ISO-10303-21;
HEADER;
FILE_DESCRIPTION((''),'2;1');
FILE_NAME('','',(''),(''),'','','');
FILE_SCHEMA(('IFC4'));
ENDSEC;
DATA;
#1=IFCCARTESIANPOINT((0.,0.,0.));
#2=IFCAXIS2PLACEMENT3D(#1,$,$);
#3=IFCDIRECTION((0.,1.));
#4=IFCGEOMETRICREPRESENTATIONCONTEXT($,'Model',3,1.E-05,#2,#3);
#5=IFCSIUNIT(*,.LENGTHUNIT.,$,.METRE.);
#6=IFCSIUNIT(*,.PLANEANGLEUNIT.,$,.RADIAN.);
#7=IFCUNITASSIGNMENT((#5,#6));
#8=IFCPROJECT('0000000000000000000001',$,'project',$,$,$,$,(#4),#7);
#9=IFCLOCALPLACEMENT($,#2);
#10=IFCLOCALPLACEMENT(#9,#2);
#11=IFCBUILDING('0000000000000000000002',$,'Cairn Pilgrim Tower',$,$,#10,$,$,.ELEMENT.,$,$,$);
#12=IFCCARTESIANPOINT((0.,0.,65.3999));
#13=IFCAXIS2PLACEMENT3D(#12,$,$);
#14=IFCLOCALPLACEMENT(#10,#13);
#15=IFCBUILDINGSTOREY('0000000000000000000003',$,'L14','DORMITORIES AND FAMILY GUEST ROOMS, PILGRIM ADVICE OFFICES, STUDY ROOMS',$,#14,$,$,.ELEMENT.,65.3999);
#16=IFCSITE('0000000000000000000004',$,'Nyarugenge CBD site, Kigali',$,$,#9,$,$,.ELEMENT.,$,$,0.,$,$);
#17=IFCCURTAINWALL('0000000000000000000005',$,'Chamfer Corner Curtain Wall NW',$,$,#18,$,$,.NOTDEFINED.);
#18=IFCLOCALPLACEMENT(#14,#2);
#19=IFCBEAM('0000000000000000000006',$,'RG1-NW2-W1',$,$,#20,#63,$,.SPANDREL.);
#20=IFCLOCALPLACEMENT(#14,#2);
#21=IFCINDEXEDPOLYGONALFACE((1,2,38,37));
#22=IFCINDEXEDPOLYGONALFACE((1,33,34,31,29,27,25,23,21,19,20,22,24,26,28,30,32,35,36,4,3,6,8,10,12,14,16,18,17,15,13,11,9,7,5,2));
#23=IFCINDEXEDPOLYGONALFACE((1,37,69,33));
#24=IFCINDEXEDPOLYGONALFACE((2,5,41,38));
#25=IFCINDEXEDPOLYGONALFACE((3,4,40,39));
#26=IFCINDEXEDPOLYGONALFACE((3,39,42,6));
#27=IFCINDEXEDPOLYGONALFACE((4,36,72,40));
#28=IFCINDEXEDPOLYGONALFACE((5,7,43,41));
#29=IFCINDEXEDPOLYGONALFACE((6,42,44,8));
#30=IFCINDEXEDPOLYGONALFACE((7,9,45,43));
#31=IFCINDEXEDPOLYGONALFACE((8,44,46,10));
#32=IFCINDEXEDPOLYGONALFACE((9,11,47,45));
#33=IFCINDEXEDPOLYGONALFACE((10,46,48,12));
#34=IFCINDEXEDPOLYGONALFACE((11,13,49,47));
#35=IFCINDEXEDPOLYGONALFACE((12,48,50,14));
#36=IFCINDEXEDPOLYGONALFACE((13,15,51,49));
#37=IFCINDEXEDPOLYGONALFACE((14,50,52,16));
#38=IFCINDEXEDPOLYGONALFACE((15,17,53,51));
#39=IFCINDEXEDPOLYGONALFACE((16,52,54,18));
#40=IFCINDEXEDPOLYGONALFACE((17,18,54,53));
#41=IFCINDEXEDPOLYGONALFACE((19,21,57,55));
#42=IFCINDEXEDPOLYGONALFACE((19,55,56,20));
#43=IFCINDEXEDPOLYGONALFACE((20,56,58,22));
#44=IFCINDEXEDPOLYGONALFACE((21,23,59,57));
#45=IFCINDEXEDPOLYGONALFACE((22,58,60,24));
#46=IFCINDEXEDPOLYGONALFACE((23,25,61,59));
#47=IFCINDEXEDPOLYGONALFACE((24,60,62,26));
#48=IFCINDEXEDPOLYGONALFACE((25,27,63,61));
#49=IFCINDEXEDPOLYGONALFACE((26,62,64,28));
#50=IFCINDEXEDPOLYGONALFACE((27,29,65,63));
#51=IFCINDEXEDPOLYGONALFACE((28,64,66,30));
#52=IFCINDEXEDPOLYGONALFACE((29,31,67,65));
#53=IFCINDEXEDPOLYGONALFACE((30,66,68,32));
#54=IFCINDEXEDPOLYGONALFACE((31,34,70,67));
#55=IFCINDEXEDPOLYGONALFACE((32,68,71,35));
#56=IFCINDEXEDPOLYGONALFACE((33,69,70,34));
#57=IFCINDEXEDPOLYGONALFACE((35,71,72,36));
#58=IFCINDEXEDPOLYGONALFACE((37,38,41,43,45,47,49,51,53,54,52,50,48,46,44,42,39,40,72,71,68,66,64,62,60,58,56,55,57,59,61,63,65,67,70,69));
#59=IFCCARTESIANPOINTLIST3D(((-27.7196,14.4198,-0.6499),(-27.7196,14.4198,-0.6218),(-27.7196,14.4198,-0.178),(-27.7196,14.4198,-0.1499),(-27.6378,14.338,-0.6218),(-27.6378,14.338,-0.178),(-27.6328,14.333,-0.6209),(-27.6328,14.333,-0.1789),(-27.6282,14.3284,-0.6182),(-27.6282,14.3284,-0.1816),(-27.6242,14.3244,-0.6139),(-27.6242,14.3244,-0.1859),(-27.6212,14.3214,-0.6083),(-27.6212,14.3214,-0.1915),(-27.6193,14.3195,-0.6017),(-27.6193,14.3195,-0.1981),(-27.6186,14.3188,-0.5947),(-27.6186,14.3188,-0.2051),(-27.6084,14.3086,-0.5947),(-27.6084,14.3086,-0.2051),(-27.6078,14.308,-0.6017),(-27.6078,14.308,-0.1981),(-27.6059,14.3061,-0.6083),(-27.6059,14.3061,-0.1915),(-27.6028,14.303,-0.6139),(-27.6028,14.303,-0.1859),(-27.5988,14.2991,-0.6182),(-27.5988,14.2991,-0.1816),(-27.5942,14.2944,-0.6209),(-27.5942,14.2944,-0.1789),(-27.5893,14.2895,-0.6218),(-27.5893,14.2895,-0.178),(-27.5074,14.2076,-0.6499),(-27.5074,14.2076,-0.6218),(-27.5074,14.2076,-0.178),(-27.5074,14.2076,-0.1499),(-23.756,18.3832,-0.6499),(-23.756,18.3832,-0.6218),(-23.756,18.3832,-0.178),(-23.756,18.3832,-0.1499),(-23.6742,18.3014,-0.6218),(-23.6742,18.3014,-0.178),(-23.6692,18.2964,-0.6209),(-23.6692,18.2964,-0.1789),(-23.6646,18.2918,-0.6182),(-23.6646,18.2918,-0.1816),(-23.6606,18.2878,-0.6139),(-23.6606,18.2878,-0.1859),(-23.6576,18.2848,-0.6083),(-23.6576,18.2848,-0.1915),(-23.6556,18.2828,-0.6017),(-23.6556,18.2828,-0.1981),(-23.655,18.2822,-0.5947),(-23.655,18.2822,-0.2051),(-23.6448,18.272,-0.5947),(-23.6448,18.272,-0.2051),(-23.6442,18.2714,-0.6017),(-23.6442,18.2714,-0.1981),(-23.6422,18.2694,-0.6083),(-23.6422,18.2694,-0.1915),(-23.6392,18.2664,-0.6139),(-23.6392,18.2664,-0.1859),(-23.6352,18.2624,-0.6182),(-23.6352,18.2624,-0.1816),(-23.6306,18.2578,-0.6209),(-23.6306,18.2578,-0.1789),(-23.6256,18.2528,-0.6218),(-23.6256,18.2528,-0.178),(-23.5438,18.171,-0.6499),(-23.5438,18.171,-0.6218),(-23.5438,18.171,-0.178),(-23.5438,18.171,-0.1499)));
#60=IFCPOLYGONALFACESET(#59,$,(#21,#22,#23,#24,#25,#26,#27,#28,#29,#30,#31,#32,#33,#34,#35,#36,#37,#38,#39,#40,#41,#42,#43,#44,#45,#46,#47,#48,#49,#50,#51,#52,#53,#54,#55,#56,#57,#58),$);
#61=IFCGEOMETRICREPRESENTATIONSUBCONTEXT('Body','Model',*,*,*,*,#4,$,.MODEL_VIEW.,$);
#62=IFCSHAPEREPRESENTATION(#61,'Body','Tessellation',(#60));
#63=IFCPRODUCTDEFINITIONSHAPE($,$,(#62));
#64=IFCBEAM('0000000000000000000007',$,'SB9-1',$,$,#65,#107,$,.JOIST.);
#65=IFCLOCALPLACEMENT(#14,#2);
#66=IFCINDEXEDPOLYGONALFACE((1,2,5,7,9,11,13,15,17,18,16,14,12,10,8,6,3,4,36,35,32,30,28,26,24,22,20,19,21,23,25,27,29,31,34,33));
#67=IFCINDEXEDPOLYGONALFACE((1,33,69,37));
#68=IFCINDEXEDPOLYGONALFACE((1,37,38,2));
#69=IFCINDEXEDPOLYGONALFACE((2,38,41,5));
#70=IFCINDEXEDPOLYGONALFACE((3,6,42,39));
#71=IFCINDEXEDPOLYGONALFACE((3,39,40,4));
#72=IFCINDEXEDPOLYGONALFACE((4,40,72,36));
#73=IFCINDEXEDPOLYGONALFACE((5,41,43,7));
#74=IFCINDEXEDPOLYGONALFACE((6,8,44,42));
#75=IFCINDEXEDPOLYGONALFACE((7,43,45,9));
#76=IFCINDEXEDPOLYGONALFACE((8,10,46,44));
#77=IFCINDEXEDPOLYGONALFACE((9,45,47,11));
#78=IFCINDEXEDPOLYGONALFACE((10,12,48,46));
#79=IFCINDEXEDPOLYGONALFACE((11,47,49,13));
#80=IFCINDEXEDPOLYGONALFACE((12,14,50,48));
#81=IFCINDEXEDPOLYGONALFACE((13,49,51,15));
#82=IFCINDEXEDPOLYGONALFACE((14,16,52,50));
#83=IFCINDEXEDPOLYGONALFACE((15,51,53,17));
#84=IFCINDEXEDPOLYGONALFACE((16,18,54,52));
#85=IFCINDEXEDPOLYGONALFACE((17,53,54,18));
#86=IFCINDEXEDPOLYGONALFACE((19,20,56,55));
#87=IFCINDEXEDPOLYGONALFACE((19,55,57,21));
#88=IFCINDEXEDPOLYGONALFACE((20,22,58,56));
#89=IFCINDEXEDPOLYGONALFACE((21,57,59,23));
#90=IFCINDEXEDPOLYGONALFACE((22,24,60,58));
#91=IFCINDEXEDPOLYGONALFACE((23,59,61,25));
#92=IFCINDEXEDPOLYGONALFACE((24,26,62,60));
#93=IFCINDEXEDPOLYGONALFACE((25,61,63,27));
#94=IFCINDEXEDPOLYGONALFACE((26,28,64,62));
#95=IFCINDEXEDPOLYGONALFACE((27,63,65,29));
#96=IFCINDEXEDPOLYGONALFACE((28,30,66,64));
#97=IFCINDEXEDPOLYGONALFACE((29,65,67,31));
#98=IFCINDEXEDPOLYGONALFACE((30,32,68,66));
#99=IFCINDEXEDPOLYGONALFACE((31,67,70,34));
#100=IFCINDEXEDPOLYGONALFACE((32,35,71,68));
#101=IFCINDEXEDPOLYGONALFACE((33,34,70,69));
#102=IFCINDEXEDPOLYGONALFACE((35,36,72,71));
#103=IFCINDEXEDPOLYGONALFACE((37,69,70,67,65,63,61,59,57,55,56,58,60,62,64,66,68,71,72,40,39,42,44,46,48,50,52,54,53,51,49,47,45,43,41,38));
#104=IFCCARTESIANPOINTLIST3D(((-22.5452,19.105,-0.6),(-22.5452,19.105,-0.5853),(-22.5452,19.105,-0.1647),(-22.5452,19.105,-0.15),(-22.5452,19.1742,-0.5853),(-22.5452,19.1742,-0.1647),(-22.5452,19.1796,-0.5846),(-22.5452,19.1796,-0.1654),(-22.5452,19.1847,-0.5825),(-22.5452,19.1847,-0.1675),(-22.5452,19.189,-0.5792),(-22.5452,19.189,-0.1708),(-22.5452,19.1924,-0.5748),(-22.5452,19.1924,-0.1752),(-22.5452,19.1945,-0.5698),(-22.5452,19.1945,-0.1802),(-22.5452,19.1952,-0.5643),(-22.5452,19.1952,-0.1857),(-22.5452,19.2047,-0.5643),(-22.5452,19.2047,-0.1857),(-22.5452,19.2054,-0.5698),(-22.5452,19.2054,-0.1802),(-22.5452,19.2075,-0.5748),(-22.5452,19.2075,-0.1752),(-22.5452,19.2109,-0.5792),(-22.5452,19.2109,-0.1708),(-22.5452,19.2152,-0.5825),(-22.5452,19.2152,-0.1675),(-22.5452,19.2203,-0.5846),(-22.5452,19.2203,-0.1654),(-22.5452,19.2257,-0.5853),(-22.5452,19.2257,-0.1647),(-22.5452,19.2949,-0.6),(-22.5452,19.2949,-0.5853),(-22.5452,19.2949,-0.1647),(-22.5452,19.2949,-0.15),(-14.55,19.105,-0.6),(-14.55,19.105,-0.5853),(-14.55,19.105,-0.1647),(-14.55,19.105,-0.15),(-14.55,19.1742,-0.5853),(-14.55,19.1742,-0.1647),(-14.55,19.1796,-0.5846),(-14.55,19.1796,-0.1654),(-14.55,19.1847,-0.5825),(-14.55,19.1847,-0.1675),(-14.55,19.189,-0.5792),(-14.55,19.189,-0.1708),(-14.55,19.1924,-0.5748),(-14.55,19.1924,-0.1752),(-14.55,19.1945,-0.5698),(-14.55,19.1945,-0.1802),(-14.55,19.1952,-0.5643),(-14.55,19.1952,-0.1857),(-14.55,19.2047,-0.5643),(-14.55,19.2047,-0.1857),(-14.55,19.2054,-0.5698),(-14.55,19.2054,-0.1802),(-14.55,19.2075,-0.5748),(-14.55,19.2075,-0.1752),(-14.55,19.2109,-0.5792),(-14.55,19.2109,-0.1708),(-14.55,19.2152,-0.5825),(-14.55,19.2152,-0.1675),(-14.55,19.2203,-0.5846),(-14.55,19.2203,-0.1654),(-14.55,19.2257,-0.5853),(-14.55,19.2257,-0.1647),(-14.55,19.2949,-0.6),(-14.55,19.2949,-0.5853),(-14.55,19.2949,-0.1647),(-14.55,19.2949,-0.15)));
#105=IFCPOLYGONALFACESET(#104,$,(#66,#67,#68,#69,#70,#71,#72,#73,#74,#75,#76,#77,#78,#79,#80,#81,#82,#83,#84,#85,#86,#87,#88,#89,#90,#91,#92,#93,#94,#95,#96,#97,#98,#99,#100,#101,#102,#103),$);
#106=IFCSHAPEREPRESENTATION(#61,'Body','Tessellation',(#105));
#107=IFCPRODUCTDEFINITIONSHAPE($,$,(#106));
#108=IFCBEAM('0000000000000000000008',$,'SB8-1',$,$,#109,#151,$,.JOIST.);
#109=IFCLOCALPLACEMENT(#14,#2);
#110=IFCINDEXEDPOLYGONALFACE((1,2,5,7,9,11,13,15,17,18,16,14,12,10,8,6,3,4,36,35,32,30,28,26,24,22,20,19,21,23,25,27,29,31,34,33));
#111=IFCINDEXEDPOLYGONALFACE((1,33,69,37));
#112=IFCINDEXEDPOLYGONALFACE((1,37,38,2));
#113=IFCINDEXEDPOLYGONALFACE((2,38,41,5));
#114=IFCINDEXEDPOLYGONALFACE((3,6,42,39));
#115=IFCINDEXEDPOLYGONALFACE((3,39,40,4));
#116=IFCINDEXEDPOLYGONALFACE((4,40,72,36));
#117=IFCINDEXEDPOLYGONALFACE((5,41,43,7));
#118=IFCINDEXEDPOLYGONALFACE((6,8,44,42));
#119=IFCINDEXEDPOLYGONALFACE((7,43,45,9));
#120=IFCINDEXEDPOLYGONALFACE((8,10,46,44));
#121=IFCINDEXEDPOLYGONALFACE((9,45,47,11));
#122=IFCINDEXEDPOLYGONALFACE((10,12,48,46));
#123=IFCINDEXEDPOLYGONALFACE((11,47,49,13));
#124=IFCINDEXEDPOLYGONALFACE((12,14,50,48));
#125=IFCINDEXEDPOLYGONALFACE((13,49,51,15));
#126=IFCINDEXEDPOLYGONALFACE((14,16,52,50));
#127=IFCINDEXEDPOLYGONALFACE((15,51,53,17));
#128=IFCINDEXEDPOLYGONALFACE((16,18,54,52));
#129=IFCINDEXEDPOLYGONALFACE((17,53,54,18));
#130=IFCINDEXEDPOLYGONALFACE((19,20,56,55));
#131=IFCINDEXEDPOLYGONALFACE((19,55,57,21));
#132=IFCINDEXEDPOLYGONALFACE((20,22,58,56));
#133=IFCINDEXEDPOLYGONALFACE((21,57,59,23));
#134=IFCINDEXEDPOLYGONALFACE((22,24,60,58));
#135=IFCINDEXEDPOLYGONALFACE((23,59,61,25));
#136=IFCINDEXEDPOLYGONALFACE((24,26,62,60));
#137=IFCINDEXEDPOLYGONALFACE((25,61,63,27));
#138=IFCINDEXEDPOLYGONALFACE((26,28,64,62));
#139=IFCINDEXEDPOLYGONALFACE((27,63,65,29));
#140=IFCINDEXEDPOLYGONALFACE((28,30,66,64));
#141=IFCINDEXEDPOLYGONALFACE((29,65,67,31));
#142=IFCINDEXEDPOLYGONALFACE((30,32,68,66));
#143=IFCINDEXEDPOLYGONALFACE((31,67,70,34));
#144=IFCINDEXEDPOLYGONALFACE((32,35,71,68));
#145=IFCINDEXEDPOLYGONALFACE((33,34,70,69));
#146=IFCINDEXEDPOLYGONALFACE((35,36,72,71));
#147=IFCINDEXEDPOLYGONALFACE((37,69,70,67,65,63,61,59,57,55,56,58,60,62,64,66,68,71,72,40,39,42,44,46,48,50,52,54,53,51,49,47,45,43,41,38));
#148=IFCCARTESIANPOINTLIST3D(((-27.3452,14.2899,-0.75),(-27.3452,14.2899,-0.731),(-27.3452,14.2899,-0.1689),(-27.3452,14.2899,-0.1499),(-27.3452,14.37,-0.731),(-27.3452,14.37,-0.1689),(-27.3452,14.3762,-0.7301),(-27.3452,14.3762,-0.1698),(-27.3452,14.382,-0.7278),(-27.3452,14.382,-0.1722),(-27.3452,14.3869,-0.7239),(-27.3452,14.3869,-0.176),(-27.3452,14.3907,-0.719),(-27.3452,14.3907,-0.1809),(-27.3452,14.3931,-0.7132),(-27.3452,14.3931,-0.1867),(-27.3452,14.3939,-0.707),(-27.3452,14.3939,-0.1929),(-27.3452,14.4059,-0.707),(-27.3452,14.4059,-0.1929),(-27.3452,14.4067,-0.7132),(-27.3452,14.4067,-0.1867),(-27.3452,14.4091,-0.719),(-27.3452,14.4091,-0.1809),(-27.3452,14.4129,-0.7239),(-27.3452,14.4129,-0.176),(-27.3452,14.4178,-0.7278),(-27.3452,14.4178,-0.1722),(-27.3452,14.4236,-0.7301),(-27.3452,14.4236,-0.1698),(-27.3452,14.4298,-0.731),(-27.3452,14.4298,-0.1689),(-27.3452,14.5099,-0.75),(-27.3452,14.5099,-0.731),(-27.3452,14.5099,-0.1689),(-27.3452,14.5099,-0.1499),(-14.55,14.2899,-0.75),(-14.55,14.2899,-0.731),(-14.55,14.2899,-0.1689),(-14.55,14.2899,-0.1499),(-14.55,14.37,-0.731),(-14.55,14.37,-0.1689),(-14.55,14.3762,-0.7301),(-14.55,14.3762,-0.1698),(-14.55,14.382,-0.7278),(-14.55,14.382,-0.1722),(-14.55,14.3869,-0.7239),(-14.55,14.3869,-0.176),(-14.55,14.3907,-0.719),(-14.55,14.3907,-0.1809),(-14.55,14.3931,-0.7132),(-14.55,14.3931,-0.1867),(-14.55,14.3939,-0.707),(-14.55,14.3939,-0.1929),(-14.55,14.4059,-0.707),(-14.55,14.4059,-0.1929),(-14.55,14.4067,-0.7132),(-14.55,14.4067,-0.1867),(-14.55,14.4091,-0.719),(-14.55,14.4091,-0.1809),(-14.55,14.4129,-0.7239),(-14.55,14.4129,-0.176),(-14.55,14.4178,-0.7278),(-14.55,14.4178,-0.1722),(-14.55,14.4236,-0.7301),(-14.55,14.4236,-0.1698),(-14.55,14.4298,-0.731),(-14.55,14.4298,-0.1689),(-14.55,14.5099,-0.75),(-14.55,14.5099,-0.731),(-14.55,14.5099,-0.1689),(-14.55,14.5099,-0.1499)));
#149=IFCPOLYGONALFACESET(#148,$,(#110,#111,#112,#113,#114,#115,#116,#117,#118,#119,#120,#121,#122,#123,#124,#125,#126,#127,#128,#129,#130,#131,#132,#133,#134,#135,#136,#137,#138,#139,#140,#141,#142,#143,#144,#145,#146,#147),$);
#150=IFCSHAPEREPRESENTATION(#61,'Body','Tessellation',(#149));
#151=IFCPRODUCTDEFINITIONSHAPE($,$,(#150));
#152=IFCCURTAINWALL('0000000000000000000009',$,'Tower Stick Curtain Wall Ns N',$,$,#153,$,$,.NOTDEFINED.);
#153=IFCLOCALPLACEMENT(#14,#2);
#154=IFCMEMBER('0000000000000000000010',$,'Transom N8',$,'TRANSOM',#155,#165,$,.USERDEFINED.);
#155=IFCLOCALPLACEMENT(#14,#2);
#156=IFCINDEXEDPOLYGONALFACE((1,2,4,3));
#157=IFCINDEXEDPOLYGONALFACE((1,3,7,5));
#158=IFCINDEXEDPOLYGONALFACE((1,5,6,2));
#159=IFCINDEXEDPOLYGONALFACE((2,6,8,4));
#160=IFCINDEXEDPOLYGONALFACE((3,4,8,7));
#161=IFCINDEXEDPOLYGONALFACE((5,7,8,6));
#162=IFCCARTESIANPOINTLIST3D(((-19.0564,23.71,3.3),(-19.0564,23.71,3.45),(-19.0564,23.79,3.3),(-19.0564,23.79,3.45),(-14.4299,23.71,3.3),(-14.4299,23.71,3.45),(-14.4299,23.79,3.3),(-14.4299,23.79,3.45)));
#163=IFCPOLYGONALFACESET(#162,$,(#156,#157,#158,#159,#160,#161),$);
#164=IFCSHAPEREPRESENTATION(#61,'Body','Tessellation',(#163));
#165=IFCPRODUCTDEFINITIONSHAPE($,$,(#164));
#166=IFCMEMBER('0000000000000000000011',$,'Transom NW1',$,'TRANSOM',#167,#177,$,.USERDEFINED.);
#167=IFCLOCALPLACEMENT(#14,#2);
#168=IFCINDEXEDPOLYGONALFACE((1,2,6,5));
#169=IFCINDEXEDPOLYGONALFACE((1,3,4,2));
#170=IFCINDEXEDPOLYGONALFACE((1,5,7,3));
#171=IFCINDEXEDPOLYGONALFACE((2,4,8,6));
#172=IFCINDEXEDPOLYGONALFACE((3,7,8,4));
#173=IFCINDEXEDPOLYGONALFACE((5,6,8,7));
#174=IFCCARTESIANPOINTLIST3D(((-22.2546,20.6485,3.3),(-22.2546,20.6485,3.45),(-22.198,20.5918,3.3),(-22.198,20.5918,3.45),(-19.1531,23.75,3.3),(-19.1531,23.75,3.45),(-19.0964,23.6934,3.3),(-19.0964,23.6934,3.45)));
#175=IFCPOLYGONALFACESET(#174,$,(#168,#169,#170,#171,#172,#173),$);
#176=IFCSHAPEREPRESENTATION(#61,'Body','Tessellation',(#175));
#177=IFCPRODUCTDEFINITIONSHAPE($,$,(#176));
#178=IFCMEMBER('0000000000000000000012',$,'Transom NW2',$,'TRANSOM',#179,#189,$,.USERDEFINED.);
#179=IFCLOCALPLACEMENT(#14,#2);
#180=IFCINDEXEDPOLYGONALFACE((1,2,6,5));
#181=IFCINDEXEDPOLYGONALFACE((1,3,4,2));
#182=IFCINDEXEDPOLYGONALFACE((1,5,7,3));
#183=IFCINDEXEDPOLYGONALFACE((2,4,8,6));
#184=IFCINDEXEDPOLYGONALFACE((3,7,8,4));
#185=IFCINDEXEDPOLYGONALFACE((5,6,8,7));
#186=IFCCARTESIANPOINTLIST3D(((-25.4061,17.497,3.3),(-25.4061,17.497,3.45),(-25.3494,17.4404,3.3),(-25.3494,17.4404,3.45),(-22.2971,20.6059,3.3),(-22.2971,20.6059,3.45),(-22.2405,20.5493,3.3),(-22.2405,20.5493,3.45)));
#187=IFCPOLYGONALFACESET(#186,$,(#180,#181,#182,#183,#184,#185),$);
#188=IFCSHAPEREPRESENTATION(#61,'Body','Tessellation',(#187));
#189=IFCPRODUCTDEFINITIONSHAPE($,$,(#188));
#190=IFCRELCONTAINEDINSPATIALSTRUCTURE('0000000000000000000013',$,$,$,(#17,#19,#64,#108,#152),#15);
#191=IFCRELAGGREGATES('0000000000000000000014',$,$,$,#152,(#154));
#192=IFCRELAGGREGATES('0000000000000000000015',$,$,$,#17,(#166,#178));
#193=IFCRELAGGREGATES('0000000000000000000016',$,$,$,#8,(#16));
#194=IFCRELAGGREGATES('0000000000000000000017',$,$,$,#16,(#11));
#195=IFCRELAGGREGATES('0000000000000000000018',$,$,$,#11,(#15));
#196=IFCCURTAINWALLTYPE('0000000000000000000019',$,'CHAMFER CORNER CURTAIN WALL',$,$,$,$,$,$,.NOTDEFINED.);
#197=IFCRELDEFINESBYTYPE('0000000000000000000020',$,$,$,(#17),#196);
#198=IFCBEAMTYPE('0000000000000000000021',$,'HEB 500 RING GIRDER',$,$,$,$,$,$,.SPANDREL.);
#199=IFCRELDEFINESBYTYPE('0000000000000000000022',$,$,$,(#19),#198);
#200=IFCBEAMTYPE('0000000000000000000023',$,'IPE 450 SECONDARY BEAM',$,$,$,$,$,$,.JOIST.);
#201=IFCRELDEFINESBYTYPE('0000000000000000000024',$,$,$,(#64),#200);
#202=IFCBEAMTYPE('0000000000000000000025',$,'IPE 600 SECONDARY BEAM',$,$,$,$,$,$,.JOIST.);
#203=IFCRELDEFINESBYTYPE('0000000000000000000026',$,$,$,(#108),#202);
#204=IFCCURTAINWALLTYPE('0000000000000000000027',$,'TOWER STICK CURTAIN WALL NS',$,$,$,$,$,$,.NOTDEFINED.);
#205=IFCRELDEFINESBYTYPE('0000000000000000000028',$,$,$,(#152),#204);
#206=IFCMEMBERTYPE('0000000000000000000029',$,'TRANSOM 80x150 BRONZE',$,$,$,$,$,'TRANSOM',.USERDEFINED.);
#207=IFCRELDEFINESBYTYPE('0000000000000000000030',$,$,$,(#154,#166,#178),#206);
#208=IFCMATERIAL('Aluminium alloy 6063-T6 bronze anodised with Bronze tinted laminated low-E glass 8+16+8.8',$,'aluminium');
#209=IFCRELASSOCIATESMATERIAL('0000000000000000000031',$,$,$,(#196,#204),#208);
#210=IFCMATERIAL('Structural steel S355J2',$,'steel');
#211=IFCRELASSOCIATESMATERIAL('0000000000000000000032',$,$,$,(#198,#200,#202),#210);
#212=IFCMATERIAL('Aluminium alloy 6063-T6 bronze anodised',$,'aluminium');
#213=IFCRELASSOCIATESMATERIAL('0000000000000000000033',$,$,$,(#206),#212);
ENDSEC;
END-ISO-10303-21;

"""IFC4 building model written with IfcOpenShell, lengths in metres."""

from ifc_helpers import new_model, si_unit, direction, frame, origin, origin_2d, place, context, subcontext, project, spatial, rectangle, i_section, extrude, material, material_profile, profile_set, type_object, element, aggregate, save


model = new_model("IFC4")

# Units and contexts
model_context = context("Model", 3, precision=1e-05, world=origin(), true_north=direction((0.0, 1.0)))
body_context = subcontext(model_context, "Body", "Model", "MODEL_VIEW")
ifc_project = project(units=[si_unit("LENGTHUNIT", "METRE"), si_unit("PLANEANGLEUNIT", "RADIAN")], contexts=[model_context])

# Site, building, storey
site_placement = place(None, origin())
site = spatial("IfcSite", under=ifc_project, at=site_placement, Name="Nyarugenge CBD site, Kigali", CompositionType="ELEMENT", RefElevation=0.0)
building_placement = place(site_placement, origin())
building = spatial("IfcBuilding", under=site, at=building_placement, Name="Cairn Pilgrim Tower", CompositionType="ELEMENT")
storey_placement = place(building_placement, frame((0.0, 0.0, 65.3999)))
storey = spatial("IfcBuildingStorey", under=building, at=storey_placement, Name="L14", Description="DORMITORIES AND FAMILY GUEST ROOMS, PILGRIM ADVICE OFFICES, STUDY ROOMS", CompositionType="ELEMENT", Elevation=65.3999)

# Shared definitions
ifc_material_1 = material(Name="Structural steel S355J2", Category="steel")

# Curtain wall
ifc_material_2 = material(Name="Aluminium alloy 6063-T6 bronze anodised with Bronze tinted laminated low-E glass 8+16+8.8", Category="aluminium")
curtain_wall_type_1 = type_object("IfcCurtainWallType", Name="CHAMFER CORNER CURTAIN WALL", PredefinedType="NOTDEFINED", material=ifc_material_2)
curtain_wall_1_placement = place(storey_placement, origin())
curtain_wall_1 = element("IfcCurtainWall", 1, at=curtain_wall_1_placement, inside=storey, type_object=curtain_wall_type_1, Name="Chamfer Corner Curtain Wall NW", PredefinedType="NOTDEFINED")
ifc_material_3 = material(Name="Aluminium alloy 6063-T6 bronze anodised", Category="aluminium")

# Beams
ifc_material_profile_1 = material_profile(ifc_material_1, i_section(OverallWidth=0.3, OverallDepth=0.5, WebThickness=0.0144, FlangeThickness=0.0281, FilletRadius=0.0271, at=origin_2d()), Name="HEB 500")
ifc_profile_set_1 = profile_set([ifc_material_profile_1], Name="Structural steel S355J2")
beam_type_1 = type_object("IfcBeamType", Name="HEB 500 RING GIRDER", PredefinedType="SPANDREL", material=ifc_profile_set_1)
beam_1_placement = place(storey_placement, frame((-23.6499, 18.2771, -0.3999), z_axis=(-0.707129, -0.707085, 0.0), x_axis=(0.707085, -0.707129, 0.0)))
element("IfcBeam", 2, at=beam_1_placement, inside=storey, type_object=beam_type_1, Name="RG1-NW2-W1", PredefinedType="SPANDREL", context=body_context, shape_type="SweptSolid", body=[
    extrude(i_section(OverallWidth=0.3, OverallDepth=0.5, WebThickness=0.0144, FlangeThickness=0.0281, FilletRadius=0.0271, at=origin_2d()), origin(), (0.0, 0.0, 1.0), 5.6052),
])
ifc_material_profile_2 = material_profile(ifc_material_1, i_section(OverallWidth=0.1899, OverallDepth=0.45, WebThickness=0.0095, FlangeThickness=0.0146, FilletRadius=0.021, at=origin_2d()), Name="IPE 450")
ifc_profile_set_2 = profile_set([ifc_material_profile_2], Name="Structural steel S355J2")
beam_type_2 = type_object("IfcBeamType", Name="IPE 450 SECONDARY BEAM", PredefinedType="JOIST", material=ifc_profile_set_2)
beam_2_placement = place(storey_placement, frame((-22.5452, 19.2, -0.375), z_axis=(1.0, 0.0, 0.0), x_axis=(0.0, 1.0, 0.0)))
element("IfcBeam", 3, at=beam_2_placement, inside=storey, type_object=beam_type_2, Name="SB9-1", PredefinedType="JOIST", context=body_context, shape_type="SweptSolid", body=[
    extrude(i_section(OverallWidth=0.1899, OverallDepth=0.45, WebThickness=0.0095, FlangeThickness=0.0146, FilletRadius=0.021, at=origin_2d()), origin(), (0.0, 0.0, 1.0), 7.9951),
])
ifc_material_profile_3 = material_profile(ifc_material_1, i_section(OverallWidth=0.22, OverallDepth=0.6001, WebThickness=0.012, FlangeThickness=0.019, FilletRadius=0.0239, at=origin_2d()), Name="IPE 600")
ifc_profile_set_3 = profile_set([ifc_material_profile_3], Name="Structural steel S355J2")
beam_type_3 = type_object("IfcBeamType", Name="IPE 600 SECONDARY BEAM", PredefinedType="JOIST", material=ifc_profile_set_3)
beam_3_placement = place(storey_placement, frame((-27.3452, 14.3999, -0.45), z_axis=(1.0, 0.0, 0.0), x_axis=(0.0, 1.0, 0.0)))
element("IfcBeam", 4, at=beam_3_placement, inside=storey, type_object=beam_type_3, Name="SB8-1", PredefinedType="JOIST", context=body_context, shape_type="SweptSolid", body=[
    extrude(i_section(OverallWidth=0.22, OverallDepth=0.6001, WebThickness=0.012, FlangeThickness=0.019, FilletRadius=0.0239, at=origin_2d()), origin(), (0.0, 0.0, 1.0), 12.7952),
])

# Curtain wall, member
curtain_wall_type_2 = type_object("IfcCurtainWallType", Name="TOWER STICK CURTAIN WALL NS", PredefinedType="NOTDEFINED", material=ifc_material_2)
curtain_wall_2_placement = place(storey_placement, origin())
curtain_wall_2 = element("IfcCurtainWall", 5, at=curtain_wall_2_placement, inside=storey, type_object=curtain_wall_type_2, Name="Tower Stick Curtain Wall Ns N", PredefinedType="NOTDEFINED")
ifc_material_profile_4 = material_profile(ifc_material_3, rectangle(XDim=0.0801, YDim=0.1499, at=origin_2d()), Name="TRANSOM 80x150 BRONZE")
ifc_profile_set_4 = profile_set([ifc_material_profile_4], Name="Aluminium alloy 6063-T6 bronze anodised")
member_type_1 = type_object("IfcMemberType", Name="TRANSOM 80x150 BRONZE", ElementType="TRANSOM", PredefinedType="USERDEFINED", material=ifc_profile_set_4)
member_1_placement = place(storey_placement, frame((-14.4299, 23.75, 3.375), z_axis=(-1.0, 0.0, 0.0), x_axis=(0.0, -1.0, 0.0)))
member_1 = element("IfcMember", 6, at=member_1_placement, type_object=member_type_1, Name="Transom N8", ObjectType="TRANSOM", PredefinedType="USERDEFINED", context=body_context, shape_type="SweptSolid", body=[
    extrude(rectangle(XDim=0.0801, YDim=0.1499, at=origin_2d()), origin(), (0.0, 0.0, 1.0), 4.6265),
])

# Members
member_2_placement = place(storey_placement, frame((-19.1248, 23.7217, 3.375), z_axis=(-0.707107, -0.707107, 0.0), x_axis=(0.707107, -0.707107, 0.0)))
member_2 = element("IfcMember", 7, at=member_2_placement, type_object=member_type_1, Name="Transom NW1", ObjectType="TRANSOM", PredefinedType="USERDEFINED", context=body_context, shape_type="SweptSolid", body=[
    extrude(rectangle(XDim=0.0801, YDim=0.1499, at=origin_2d()), origin(), (0.0, 0.0, 1.0), 4.3862),
])
member_3_placement = place(storey_placement, frame((-22.2688, 20.5776, 3.375), z_axis=(-0.707107, -0.707107, 0.0), x_axis=(0.707107, -0.707107, 0.0)))
member_3 = element("IfcMember", 8, at=member_3_placement, type_object=member_type_1, Name="Transom NW2", ObjectType="TRANSOM", PredefinedType="USERDEFINED", context=body_context, shape_type="SweptSolid", body=[
    extrude(rectangle(XDim=0.0801, YDim=0.1499, at=origin_2d()), origin(), (0.0, 0.0, 1.0), 4.3967),
])

aggregate(curtain_wall_2, [member_1])
aggregate(curtain_wall_1, [member_2, member_3])

save(model, "model.ifc")
